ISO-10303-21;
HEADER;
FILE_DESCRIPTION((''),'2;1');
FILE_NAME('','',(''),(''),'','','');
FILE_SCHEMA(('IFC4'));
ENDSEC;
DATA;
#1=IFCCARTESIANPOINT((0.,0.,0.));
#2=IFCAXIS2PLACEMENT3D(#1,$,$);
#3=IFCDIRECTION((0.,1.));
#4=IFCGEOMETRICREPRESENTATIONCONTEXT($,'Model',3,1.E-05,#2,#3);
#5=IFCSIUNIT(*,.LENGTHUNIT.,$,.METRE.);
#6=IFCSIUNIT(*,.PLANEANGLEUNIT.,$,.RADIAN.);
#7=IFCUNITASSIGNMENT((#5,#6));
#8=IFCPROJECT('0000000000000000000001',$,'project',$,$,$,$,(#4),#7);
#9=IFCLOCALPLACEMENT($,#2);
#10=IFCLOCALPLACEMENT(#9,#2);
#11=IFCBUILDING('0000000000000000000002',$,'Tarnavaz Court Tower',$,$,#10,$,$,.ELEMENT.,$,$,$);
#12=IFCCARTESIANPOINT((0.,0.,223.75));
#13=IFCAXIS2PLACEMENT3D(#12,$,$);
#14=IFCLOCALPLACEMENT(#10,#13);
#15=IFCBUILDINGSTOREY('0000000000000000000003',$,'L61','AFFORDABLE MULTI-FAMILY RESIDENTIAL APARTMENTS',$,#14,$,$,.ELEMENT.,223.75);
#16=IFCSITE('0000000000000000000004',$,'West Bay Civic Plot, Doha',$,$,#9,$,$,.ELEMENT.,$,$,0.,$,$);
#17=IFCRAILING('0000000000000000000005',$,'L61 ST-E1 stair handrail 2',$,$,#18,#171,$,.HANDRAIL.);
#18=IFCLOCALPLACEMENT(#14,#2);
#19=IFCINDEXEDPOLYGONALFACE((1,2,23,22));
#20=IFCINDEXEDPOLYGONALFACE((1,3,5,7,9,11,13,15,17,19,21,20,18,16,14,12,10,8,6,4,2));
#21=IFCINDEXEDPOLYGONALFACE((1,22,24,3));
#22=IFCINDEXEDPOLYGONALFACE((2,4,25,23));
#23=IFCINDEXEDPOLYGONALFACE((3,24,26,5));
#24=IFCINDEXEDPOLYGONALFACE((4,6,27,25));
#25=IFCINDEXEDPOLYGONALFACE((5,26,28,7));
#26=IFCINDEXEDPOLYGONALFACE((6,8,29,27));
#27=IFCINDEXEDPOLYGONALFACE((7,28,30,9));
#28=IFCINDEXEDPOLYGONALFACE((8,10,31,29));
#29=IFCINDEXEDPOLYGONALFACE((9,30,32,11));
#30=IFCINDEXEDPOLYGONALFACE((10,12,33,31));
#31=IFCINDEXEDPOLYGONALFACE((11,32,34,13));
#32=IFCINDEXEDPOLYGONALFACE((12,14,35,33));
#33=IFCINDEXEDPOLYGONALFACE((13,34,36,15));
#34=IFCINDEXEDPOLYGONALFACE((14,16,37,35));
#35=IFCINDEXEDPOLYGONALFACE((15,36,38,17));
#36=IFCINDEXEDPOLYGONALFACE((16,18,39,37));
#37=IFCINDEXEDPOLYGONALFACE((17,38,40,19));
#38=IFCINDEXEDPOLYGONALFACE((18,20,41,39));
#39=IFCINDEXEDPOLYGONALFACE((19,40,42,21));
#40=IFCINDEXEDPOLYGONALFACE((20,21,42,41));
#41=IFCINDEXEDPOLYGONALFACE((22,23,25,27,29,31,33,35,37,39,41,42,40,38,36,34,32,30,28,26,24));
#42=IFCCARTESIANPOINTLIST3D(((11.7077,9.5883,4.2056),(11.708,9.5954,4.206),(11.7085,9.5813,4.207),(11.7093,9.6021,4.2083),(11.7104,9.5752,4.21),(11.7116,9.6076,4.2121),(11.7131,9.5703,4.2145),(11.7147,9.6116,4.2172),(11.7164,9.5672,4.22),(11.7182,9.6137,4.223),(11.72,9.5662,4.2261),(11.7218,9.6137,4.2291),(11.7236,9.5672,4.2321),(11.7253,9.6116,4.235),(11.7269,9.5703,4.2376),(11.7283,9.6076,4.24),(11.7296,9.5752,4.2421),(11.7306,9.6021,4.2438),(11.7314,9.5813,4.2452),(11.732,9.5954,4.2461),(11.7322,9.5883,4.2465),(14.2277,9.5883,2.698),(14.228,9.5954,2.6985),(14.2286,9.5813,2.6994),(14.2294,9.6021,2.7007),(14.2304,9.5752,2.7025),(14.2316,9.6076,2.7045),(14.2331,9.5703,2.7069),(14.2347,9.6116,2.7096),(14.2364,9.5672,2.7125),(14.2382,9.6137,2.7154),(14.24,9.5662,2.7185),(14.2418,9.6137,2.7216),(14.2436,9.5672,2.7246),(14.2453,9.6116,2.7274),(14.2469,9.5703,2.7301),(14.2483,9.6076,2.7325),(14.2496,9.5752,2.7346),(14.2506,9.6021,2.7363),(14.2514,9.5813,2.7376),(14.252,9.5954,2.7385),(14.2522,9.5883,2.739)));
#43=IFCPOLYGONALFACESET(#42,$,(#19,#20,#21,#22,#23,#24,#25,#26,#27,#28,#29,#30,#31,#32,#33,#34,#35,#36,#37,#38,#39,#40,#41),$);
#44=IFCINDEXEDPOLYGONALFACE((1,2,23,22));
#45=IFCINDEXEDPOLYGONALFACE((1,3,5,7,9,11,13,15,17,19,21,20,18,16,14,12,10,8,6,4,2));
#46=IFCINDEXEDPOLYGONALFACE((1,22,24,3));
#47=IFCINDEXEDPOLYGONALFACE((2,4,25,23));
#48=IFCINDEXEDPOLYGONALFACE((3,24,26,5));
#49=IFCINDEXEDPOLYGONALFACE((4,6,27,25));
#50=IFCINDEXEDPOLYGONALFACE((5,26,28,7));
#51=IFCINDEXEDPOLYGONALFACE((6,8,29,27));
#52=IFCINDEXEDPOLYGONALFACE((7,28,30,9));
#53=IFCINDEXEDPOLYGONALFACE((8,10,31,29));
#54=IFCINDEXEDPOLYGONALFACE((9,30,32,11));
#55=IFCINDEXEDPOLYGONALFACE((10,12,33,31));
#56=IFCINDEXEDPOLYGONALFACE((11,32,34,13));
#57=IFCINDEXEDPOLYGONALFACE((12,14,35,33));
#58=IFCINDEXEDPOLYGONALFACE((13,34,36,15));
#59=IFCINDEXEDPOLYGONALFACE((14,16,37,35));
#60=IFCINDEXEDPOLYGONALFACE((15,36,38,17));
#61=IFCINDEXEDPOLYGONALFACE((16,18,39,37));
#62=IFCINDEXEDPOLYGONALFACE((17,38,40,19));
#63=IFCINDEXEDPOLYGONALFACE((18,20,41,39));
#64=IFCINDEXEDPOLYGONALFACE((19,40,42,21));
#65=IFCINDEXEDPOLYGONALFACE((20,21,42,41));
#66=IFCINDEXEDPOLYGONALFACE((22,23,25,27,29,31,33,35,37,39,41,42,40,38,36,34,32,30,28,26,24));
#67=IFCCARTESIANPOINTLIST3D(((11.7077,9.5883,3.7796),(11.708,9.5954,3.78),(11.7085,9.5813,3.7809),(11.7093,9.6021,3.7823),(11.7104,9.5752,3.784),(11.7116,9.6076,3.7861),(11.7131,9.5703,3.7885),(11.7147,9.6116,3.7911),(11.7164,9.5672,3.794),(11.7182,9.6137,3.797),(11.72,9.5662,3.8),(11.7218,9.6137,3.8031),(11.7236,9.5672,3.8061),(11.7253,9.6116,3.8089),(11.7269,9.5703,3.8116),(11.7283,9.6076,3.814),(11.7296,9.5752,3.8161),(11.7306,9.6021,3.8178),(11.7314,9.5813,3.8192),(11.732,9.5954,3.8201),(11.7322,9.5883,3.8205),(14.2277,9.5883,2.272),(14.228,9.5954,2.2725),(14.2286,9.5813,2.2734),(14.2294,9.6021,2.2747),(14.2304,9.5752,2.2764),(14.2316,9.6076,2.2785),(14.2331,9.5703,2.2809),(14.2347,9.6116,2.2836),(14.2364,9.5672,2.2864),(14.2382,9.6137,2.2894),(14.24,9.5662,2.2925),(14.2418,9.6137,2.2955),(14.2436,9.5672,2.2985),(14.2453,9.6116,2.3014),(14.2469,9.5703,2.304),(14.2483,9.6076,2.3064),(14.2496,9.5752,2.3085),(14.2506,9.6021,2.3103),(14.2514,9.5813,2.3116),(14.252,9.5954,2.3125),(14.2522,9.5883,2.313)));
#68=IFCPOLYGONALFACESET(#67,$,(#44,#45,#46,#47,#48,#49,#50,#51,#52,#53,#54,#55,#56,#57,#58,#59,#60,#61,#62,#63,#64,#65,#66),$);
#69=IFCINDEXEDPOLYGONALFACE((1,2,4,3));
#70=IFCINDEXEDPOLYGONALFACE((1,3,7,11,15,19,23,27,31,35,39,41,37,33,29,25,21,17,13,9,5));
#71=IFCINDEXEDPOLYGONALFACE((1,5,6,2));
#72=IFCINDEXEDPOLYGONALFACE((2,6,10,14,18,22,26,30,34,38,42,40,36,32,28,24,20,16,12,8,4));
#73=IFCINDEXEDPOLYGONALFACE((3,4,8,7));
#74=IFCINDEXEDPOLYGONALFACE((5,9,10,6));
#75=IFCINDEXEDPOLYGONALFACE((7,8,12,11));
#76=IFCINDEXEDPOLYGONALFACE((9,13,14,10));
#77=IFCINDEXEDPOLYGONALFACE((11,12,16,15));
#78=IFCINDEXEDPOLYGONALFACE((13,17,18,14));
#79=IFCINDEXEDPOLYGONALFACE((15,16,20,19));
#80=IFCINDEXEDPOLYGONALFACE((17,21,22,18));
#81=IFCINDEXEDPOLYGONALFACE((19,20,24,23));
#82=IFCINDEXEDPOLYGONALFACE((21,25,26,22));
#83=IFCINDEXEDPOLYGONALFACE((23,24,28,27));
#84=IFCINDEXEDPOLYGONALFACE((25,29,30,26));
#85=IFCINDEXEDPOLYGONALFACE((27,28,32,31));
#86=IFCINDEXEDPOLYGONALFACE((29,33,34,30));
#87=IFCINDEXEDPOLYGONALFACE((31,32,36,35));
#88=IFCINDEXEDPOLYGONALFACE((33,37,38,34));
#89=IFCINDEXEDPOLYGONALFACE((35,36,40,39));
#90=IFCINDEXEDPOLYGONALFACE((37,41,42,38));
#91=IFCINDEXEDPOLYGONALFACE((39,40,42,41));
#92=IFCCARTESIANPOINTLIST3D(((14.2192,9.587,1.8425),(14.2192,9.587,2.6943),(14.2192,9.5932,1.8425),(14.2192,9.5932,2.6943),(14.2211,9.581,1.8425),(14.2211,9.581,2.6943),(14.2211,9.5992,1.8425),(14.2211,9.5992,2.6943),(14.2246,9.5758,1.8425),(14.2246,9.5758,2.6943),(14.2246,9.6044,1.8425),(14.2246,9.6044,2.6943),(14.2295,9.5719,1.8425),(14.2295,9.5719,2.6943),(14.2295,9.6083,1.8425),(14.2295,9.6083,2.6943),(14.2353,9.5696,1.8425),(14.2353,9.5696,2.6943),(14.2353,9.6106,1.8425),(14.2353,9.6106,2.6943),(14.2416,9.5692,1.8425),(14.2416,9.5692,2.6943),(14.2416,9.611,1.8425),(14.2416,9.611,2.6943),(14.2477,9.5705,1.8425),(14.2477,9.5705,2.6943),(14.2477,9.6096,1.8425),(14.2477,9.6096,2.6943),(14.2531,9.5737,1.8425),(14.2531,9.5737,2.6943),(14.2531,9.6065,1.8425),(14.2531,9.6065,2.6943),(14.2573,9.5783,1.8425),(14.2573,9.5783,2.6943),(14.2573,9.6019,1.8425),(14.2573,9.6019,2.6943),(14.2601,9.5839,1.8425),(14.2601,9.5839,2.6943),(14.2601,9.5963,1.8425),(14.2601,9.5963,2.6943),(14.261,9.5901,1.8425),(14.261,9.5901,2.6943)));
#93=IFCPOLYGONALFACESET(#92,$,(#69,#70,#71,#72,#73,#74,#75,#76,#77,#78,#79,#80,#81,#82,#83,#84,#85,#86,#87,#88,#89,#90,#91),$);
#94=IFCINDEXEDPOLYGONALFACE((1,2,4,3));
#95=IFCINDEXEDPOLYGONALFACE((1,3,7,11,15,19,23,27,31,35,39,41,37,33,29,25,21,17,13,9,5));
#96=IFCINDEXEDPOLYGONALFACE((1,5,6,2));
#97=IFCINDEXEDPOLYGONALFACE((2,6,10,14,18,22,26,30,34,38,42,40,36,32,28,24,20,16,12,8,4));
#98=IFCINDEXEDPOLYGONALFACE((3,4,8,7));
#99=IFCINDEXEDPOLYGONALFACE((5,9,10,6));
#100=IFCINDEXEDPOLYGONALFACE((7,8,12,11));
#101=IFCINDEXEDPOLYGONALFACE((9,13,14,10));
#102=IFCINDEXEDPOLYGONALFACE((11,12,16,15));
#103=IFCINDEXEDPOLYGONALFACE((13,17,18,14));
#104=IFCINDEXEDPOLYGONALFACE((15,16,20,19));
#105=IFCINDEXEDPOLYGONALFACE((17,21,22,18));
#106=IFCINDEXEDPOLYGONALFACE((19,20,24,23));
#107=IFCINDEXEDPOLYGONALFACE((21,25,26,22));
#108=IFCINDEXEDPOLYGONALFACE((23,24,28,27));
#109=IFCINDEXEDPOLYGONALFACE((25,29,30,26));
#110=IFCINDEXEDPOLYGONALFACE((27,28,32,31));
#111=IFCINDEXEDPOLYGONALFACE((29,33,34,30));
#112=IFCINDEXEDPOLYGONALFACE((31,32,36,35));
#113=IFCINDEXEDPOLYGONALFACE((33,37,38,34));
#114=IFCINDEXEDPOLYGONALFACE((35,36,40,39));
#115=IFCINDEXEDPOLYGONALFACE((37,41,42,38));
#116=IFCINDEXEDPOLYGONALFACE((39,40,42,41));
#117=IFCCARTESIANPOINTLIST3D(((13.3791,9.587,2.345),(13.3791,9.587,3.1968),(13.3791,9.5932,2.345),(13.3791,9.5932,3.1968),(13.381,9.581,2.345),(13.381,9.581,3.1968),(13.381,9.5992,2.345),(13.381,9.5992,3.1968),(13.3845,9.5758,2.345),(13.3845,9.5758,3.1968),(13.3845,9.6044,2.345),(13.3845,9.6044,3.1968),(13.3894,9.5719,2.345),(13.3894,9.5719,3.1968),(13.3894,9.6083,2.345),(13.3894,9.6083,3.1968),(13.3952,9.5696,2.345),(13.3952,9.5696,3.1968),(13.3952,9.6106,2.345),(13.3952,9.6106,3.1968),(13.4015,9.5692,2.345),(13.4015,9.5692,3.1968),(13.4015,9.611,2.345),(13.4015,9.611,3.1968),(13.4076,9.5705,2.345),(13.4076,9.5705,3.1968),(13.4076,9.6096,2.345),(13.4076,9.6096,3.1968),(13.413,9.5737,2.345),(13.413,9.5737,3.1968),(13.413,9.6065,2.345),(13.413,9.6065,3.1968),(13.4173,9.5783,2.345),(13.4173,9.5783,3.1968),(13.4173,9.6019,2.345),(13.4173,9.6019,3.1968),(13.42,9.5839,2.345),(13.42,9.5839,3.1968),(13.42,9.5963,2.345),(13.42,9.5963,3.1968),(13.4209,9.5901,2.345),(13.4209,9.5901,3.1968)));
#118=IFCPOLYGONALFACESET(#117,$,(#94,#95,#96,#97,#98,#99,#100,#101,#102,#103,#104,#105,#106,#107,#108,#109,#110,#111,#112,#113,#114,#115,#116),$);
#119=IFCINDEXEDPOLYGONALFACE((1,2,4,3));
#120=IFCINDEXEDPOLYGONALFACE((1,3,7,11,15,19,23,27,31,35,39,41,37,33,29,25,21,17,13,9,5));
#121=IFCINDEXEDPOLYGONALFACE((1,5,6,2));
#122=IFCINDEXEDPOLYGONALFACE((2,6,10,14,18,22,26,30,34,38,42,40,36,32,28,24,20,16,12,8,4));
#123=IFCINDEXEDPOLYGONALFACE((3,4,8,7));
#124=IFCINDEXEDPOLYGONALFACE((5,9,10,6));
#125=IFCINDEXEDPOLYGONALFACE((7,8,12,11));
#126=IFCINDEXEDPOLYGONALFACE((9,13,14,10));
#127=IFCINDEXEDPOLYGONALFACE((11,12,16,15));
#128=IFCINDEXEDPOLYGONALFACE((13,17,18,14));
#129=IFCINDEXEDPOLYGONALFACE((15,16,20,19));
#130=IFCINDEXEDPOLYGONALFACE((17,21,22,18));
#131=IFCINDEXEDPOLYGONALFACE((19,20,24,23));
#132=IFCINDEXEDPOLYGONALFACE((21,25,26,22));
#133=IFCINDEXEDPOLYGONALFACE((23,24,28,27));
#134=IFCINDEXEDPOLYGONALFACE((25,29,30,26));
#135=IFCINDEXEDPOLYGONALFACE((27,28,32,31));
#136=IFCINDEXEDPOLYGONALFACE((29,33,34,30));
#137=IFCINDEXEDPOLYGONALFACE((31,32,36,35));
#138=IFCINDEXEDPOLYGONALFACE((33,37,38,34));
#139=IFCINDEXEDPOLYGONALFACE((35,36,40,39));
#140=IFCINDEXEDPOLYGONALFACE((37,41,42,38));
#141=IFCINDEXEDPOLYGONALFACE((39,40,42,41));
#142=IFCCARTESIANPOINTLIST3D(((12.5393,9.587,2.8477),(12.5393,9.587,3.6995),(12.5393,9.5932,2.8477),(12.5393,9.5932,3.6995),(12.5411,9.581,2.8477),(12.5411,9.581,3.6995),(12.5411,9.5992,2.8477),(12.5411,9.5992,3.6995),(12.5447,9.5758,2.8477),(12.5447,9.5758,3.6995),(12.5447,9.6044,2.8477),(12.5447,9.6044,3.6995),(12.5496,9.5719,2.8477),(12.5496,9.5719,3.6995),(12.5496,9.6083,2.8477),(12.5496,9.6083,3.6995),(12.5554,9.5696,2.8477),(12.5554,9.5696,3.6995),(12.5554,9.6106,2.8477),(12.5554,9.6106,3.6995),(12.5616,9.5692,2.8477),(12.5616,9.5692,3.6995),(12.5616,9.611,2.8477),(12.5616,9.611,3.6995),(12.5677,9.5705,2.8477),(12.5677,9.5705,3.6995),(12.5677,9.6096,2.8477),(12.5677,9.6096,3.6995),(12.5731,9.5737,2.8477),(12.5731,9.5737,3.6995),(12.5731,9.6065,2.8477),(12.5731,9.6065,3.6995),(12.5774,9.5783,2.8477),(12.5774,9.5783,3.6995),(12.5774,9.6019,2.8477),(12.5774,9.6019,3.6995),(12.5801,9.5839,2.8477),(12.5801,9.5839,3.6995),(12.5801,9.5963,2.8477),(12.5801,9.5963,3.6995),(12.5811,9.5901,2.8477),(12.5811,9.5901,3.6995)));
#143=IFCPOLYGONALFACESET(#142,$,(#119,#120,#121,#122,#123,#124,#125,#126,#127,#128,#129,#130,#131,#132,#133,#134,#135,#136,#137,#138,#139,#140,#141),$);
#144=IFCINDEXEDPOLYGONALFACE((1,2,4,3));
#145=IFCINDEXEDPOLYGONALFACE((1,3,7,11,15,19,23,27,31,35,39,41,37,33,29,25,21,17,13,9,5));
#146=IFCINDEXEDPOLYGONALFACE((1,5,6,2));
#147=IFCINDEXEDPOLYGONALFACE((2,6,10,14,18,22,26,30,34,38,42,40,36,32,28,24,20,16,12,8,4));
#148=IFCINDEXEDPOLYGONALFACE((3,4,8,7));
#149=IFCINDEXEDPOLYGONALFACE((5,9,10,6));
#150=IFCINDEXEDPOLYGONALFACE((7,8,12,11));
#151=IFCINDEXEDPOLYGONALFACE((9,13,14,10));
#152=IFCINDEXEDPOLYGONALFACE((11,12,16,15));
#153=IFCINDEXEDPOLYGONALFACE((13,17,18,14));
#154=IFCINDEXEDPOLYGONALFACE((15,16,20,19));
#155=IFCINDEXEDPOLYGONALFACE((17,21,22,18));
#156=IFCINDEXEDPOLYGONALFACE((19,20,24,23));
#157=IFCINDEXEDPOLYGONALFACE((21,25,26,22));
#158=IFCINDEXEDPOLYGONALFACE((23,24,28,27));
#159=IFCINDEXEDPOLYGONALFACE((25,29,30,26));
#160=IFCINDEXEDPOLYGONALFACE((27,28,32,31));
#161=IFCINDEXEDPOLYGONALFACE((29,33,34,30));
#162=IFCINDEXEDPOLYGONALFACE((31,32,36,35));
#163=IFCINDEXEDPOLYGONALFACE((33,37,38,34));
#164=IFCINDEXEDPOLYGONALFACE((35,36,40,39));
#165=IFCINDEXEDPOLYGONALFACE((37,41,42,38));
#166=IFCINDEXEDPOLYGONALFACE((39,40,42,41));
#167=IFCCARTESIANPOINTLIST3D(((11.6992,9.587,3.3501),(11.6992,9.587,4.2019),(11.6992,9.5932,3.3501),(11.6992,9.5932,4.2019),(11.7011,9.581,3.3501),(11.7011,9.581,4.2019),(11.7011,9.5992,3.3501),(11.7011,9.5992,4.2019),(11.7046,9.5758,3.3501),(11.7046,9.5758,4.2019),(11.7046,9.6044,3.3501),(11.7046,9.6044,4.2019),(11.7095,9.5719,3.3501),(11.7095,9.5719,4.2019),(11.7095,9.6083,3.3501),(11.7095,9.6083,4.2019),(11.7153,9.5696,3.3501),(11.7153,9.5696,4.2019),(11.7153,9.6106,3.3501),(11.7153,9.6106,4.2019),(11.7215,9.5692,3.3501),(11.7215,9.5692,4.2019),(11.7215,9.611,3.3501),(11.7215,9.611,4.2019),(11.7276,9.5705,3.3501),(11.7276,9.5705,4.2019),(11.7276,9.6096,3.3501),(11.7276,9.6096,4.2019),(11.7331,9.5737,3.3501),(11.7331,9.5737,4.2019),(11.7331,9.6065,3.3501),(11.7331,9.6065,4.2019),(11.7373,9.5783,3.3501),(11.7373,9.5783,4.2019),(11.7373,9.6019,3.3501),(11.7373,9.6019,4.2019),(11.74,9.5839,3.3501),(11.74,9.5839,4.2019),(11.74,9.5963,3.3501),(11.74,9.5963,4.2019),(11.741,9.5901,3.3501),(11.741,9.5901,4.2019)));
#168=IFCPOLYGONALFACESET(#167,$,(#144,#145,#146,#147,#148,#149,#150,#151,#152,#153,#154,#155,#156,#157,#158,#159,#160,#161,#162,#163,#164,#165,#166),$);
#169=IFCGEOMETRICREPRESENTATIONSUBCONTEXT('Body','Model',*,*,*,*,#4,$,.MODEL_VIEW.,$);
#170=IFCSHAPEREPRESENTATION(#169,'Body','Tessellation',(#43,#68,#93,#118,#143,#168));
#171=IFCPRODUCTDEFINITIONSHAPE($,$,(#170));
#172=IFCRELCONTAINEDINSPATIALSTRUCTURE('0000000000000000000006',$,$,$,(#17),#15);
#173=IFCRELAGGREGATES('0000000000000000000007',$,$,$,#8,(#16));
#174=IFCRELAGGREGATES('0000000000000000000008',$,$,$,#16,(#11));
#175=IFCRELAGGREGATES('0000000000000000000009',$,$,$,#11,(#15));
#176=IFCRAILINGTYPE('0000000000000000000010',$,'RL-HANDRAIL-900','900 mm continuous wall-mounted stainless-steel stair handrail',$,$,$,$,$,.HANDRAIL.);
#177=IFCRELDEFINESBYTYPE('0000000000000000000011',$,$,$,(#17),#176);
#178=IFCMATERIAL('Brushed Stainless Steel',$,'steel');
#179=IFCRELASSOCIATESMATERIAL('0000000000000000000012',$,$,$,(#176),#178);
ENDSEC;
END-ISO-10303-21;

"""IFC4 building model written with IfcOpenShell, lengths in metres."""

from ifc_helpers import new_model, si_unit, direction, frame, origin, origin_2d, place, context, subcontext, project, spatial, circle, extrude, material, type_object, element, save


model = new_model("IFC4")

# Units and contexts
model_context = context("Model", 3, precision=1e-05, world=origin(), true_north=direction((0.0, 1.0)))
body_context = subcontext(model_context, "Body", "Model", "MODEL_VIEW")
ifc_project = project(units=[si_unit("LENGTHUNIT", "METRE"), si_unit("PLANEANGLEUNIT", "RADIAN")], contexts=[model_context])

# Site, building, storey
site_placement = place(None, origin())
site = spatial("IfcSite", under=ifc_project, at=site_placement, Name="West Bay Civic Plot, Doha", CompositionType="ELEMENT", RefElevation=0.0)
building_placement = place(site_placement, origin())
building = spatial("IfcBuilding", under=site, at=building_placement, Name="Tarnavaz Court Tower", CompositionType="ELEMENT")
storey_placement = place(building_placement, frame((0.0, 0.0, 223.75)))
storey = spatial("IfcBuildingStorey", under=building, at=storey_placement, Name="L61", Description="AFFORDABLE MULTI-FAMILY RESIDENTIAL APARTMENTS", CompositionType="ELEMENT", Elevation=223.75)

# Railing
ifc_material_1 = material(Name="Brushed Stainless Steel", Category="steel")
railing_type_1 = type_object("IfcRailingType", Name="RL-HANDRAIL-900", Description="900 mm continuous wall-mounted stainless-steel stair handrail", PredefinedType="HANDRAIL", material=ifc_material_1)
railing_1_placement = place(storey_placement, frame((14.24, 9.5901, 1.8425)))
element("IfcRailing", 1, at=railing_1_placement, inside=storey, type_object=railing_type_1, Name="L61 ST-E1 stair handrail 2", PredefinedType="HANDRAIL", context=body_context, shape_type="SweptSolid", body=[
    extrude(circle(Radius=0.0239, at=origin_2d()), frame((0.0, 0.0, 0.876), z_axis=(-0.85816, 0.0, 0.513383), x_axis=(0.0, -1.0, 0.0)), (0.0, 0.0, 1.0), 2.9365),
    extrude(circle(Radius=0.0239, at=origin_2d()), frame((0.0, 0.0, 0.45), z_axis=(-0.85816, 0.0, 0.513383), x_axis=(0.0, -1.0, 0.0)), (0.0, 0.0, 1.0), 2.9365),
    extrude(circle(Radius=0.021, at=origin_2d()), origin(), (0.0, 0.0, 1.0), 0.8518),
    extrude(circle(Radius=0.021, at=origin_2d()), frame((-0.8401, 0.0, 0.5024)), (0.0, 0.0, 1.0), 0.8518),
    extrude(circle(Radius=0.021, at=origin_2d()), frame((-1.6799, 0.0, 1.0051)), (0.0, 0.0, 1.0), 0.8518),
    extrude(circle(Radius=0.021, at=origin_2d()), frame((-2.52, 0.0, 1.5076)), (0.0, 0.0, 1.0), 0.8518),
])

save(model, "model.ifc")
